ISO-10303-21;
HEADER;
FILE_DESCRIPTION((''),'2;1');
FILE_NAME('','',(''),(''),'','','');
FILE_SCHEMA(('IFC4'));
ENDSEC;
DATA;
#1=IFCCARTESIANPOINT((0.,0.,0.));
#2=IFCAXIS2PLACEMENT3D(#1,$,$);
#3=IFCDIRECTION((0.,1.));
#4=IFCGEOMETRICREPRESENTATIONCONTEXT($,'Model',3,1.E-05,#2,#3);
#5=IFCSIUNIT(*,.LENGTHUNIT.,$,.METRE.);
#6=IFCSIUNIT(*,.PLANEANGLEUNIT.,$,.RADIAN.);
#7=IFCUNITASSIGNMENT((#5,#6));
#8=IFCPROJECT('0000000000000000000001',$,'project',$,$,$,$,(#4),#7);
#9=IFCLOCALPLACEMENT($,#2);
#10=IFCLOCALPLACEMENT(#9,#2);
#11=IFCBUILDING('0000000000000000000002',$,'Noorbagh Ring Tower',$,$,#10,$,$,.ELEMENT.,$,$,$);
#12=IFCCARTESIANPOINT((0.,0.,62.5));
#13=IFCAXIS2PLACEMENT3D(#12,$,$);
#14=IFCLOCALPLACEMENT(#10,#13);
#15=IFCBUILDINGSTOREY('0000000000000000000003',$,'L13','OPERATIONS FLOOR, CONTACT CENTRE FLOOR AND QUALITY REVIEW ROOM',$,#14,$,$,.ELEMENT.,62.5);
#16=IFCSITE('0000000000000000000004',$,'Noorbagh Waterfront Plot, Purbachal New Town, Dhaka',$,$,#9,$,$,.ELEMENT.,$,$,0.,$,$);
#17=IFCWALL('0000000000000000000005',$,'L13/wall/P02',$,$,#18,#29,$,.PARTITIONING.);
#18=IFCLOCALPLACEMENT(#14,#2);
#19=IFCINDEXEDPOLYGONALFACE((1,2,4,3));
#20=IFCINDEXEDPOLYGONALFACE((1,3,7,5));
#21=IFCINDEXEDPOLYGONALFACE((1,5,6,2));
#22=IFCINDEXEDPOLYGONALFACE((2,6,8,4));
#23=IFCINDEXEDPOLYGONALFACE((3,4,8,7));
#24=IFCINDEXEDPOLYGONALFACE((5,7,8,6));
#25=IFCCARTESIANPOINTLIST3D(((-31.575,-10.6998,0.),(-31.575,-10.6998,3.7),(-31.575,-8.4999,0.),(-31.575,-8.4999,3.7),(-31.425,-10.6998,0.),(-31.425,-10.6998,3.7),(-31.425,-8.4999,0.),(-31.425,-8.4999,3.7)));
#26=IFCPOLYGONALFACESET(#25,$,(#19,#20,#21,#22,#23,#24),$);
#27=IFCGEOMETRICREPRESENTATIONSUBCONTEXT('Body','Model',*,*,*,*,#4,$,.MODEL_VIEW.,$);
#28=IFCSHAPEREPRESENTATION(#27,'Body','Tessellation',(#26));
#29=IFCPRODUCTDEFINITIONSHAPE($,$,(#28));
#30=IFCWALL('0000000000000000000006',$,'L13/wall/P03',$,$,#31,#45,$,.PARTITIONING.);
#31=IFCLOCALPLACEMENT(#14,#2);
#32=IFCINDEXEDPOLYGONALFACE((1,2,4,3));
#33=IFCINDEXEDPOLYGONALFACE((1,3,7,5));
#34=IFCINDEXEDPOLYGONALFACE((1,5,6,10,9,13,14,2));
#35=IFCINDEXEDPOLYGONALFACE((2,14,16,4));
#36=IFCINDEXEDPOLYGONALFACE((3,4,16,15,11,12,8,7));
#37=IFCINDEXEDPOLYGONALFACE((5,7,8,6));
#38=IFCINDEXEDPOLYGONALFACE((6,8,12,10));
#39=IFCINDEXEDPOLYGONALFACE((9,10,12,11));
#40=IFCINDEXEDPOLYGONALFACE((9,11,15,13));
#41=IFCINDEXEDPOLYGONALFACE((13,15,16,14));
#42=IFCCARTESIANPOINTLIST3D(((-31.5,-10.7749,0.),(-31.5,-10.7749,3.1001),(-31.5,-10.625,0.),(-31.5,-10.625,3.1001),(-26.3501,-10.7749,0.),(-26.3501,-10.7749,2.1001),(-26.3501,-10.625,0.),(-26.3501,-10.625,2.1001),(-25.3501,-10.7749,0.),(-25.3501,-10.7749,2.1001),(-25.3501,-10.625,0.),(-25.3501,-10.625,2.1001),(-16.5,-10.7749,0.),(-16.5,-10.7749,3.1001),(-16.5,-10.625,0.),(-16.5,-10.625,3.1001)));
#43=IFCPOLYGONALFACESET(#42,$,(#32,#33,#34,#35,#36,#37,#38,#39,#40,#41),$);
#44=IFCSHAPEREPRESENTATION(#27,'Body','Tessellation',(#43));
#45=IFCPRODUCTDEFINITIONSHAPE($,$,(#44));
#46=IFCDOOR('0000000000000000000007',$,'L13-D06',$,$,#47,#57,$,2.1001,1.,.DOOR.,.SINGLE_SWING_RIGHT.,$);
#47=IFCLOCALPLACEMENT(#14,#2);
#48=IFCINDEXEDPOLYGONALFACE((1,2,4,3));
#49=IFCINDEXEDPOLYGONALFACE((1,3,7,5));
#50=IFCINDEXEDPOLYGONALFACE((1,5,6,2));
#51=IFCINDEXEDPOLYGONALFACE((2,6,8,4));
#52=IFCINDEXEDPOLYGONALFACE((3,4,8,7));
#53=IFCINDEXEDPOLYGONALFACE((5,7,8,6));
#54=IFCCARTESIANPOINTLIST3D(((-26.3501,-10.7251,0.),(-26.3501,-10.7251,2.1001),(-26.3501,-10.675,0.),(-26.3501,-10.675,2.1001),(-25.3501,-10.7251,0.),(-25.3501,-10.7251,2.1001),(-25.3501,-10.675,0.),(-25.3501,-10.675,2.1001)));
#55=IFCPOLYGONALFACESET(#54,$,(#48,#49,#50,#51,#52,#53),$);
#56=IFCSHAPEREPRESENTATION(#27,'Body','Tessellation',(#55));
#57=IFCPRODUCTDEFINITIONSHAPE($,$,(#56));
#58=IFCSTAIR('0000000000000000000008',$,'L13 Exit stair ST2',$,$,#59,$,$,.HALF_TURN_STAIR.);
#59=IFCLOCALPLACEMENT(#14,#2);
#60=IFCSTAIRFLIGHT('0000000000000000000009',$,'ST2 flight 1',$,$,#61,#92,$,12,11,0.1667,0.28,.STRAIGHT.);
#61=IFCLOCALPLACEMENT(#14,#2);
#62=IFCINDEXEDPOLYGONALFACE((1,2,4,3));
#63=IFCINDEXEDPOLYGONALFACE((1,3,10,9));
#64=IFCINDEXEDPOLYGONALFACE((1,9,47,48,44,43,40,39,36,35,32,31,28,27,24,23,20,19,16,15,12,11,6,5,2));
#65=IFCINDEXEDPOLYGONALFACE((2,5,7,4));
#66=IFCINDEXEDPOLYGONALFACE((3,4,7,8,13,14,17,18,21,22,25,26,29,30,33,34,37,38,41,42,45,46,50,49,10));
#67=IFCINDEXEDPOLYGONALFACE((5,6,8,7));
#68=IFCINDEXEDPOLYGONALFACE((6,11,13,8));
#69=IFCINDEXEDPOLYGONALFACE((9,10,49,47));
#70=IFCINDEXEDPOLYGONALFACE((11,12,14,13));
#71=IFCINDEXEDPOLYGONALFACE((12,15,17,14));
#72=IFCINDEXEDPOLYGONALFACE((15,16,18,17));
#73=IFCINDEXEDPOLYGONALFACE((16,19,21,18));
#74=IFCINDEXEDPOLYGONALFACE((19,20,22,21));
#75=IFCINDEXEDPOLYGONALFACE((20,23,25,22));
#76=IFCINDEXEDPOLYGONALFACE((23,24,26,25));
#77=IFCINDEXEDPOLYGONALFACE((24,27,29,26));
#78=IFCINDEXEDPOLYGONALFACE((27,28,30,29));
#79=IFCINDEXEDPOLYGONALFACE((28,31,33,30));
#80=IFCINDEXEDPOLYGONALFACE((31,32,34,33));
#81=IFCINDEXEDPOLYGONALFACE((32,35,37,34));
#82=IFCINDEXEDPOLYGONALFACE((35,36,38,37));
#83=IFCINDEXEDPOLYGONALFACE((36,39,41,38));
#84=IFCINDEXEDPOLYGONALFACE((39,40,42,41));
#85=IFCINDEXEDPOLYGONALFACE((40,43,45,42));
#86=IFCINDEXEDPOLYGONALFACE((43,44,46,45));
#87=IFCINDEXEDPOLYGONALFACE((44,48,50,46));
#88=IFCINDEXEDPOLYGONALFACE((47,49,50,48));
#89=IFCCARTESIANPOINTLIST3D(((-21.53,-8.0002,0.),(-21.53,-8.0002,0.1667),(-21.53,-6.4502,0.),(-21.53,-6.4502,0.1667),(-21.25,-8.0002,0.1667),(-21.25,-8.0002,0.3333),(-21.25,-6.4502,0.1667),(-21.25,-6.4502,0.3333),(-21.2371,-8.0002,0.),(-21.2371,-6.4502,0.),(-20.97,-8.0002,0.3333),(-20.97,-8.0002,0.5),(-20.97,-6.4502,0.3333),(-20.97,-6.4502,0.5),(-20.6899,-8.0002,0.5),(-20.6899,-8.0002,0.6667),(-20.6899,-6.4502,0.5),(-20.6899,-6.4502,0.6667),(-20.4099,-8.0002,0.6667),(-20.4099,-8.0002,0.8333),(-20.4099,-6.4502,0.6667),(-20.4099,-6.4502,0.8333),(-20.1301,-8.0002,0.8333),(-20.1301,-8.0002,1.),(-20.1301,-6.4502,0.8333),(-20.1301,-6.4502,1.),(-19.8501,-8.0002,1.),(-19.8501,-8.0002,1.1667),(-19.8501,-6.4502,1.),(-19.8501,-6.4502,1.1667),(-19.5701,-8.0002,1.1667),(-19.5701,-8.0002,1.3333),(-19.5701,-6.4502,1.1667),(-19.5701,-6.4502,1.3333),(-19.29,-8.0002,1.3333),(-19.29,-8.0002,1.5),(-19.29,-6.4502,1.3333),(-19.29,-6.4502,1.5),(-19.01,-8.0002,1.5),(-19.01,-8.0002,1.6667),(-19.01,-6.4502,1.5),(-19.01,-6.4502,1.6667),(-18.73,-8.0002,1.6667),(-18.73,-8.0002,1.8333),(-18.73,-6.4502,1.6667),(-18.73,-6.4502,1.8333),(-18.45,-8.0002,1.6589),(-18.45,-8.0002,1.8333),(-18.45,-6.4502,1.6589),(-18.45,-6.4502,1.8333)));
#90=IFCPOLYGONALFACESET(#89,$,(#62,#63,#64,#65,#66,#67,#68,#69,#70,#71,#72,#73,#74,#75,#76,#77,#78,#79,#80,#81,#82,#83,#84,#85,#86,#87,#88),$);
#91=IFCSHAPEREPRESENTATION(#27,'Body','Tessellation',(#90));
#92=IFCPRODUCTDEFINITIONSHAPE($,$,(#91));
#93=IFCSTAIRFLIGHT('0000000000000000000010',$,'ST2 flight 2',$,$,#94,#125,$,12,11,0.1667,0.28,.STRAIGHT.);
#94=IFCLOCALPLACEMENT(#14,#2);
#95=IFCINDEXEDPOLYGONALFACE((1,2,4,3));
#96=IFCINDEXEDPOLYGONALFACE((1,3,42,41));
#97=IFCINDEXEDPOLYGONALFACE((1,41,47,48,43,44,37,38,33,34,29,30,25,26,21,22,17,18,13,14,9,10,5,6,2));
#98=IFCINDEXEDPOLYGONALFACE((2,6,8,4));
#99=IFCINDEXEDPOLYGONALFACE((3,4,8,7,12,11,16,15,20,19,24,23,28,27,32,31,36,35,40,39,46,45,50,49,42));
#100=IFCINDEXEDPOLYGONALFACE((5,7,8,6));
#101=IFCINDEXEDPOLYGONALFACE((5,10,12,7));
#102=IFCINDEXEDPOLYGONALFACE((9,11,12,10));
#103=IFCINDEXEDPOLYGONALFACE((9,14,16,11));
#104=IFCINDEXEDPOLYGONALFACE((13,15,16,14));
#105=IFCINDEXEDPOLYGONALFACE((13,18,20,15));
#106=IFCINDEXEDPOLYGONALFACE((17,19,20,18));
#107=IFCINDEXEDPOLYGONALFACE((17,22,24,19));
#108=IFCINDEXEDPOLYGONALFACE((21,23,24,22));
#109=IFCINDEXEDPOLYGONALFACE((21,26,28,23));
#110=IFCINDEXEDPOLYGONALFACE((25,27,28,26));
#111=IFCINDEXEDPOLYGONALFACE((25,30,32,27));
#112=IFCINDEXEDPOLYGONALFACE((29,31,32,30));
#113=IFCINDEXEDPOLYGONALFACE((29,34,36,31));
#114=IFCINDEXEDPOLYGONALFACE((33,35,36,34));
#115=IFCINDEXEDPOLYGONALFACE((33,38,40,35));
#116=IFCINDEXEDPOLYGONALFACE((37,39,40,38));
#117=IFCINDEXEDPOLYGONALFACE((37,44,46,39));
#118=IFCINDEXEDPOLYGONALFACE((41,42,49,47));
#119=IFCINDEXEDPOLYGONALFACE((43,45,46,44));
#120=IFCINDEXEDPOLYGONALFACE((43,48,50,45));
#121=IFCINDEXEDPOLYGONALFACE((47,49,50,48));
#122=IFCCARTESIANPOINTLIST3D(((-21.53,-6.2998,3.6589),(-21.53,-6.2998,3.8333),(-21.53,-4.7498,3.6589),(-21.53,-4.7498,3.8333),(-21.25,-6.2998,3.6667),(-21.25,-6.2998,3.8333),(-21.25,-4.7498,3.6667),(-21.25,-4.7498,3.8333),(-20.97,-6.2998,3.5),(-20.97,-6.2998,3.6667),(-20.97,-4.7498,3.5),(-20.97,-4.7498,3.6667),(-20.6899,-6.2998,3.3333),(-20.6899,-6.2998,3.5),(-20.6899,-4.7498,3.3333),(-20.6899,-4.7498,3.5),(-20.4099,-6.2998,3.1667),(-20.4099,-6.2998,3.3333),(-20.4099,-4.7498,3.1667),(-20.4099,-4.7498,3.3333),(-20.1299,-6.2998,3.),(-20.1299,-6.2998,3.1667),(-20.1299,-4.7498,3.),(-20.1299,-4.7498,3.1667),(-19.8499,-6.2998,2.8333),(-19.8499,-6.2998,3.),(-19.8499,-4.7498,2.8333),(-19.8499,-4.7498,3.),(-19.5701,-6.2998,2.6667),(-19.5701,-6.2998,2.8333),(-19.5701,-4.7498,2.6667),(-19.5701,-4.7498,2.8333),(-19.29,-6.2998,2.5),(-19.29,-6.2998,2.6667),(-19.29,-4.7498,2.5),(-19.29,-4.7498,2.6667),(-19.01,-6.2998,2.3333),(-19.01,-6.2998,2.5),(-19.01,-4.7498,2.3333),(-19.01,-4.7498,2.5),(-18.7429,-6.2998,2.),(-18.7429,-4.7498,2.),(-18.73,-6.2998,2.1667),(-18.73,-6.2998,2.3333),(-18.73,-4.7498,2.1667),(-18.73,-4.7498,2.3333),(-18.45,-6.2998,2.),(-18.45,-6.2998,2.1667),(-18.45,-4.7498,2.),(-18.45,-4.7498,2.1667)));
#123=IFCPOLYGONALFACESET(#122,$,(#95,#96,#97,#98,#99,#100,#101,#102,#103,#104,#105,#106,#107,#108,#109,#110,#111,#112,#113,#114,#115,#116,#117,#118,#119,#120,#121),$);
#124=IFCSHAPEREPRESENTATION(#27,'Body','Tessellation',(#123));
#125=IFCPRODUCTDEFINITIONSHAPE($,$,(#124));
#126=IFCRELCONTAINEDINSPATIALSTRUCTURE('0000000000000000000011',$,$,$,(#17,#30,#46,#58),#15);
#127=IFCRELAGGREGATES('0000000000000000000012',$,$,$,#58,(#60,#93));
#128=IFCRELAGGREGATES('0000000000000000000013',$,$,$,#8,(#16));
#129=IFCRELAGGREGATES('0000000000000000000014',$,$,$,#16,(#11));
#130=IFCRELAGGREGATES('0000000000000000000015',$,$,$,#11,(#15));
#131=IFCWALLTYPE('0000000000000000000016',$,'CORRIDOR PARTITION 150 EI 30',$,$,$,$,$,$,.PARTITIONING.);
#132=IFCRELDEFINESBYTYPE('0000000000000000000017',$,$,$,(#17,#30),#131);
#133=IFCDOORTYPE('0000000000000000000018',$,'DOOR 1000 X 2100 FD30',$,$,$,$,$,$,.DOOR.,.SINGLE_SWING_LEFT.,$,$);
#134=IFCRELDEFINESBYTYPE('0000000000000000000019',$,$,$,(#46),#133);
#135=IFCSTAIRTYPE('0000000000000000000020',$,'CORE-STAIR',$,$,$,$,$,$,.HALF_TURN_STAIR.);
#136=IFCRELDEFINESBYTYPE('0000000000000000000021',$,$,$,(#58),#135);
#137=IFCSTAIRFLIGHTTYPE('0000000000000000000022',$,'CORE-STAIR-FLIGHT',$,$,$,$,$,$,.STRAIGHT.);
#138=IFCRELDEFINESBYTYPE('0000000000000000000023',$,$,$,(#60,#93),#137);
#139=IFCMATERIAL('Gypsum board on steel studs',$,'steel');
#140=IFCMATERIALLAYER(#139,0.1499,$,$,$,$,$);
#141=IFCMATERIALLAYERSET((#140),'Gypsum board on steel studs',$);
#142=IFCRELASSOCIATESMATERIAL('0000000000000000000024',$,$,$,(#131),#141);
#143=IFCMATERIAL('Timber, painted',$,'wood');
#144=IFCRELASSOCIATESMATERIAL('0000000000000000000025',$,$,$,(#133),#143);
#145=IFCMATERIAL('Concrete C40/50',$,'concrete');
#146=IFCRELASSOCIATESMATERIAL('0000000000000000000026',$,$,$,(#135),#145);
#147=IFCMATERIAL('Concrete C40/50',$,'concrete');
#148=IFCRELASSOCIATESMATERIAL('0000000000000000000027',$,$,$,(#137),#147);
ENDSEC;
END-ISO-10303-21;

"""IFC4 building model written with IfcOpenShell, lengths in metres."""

from ifc_helpers import new_model, si_unit, direction, frame, frame_2d, origin, place, context, subcontext, project, spatial, polyline, rectangle, outline, extrude, material, layer, layer_set, type_object, element, fill, aggregate, save


model = new_model("IFC4")

# Units and contexts
model_context = context("Model", 3, precision=1e-05, world=origin(), true_north=direction((0.0, 1.0)))
body_context = subcontext(model_context, "Body", "Model", "MODEL_VIEW")
ifc_project = project(units=[si_unit("LENGTHUNIT", "METRE"), si_unit("PLANEANGLEUNIT", "RADIAN")], contexts=[model_context])

# Site, building, storey
site_placement = place(None, origin())
site = spatial("IfcSite", under=ifc_project, at=site_placement, Name="Noorbagh Waterfront Plot, Purbachal New Town, Dhaka", CompositionType="ELEMENT", RefElevation=0.0)
building_placement = place(site_placement, origin())
building = spatial("IfcBuilding", under=site, at=building_placement, Name="Noorbagh Ring Tower", CompositionType="ELEMENT")
storey_placement = place(building_placement, frame((0.0, 0.0, 62.5)))
storey = spatial("IfcBuildingStorey", under=building, at=storey_placement, Name="L13", Description="OPERATIONS FLOOR, CONTACT CENTRE FLOOR AND QUALITY REVIEW ROOM", CompositionType="ELEMENT", Elevation=62.5)

# Wall
ifc_material_1 = material(Name="Gypsum board on steel studs", Category="steel")
ifc_layer_1 = layer(ifc_material_1, 0.1499)
ifc_layer_set_1 = layer_set([ifc_layer_1], Name="Gypsum board on steel studs")
wall_type_1 = type_object("IfcWallType", Name="CORRIDOR PARTITION 150 EI 30", PredefinedType="PARTITIONING", material=ifc_layer_set_1)
wall_1_placement = place(storey_placement, frame((-31.5, -10.7, 0.0), z_axis=(0.0, 0.0, 1.0), x_axis=(0.0, 1.0, 0.0)))
element("IfcWall", 1, at=wall_1_placement, inside=storey, type_object=wall_type_1, Name="L13/wall/P02", PredefinedType="PARTITIONING", context=body_context, shape_type="SweptSolid", body=[
    extrude(rectangle(XDim=2.2, YDim=0.1499, at=frame_2d((1.1001, 0.0))), origin(), (0.0, 0.0, 1.0), 3.7),
])

# Wall, opening, door
wall_2_placement = place(storey_placement, frame((-31.5, -10.7, 0.0), z_axis=(0.0, 0.0, 1.0), x_axis=(1.0, 0.0, 0.0)))
wall_2 = element("IfcWall", 2, at=wall_2_placement, inside=storey, type_object=wall_type_1, Name="L13/wall/P03", PredefinedType="PARTITIONING", context=body_context, shape_type="SweptSolid", body=[
    extrude(rectangle(XDim=15.0, YDim=0.1499, at=frame_2d((7.5, 0.0))), origin(), (0.0, 0.0, 1.0), 3.1001),
])
opening_1_placement = place(wall_2_placement, frame((5.1499, 0.0, 0.0)))
opening_1 = element("IfcOpeningElement", 3, at=opening_1_placement, cuts=wall_2, PredefinedType="OPENING", context=body_context, shape_type="SweptSolid", body=[
    extrude(rectangle(XDim=1.0, YDim=2.1001, at=frame_2d((0.5, 1.05))), frame((0.0, 0.085, 0.0), z_axis=(0.0, -1.0, 0.0), x_axis=(1.0, 0.0, 0.0)), (0.0, 0.0, 1.0), 0.1699),
])
ifc_material_2 = material(Name="Timber, painted", Category="wood")
door_type_1 = type_object("IfcDoorType", Name="DOOR 1000 X 2100 FD30", OperationType="SINGLE_SWING_LEFT", PredefinedType="DOOR", material=ifc_material_2)
door_1_placement = place(opening_1_placement, origin())
door_1 = element("IfcDoor", 4, at=door_1_placement, inside=storey, type_object=door_type_1, Name="L13-D06", OperationType="SINGLE_SWING_RIGHT", OverallHeight=2.1001, OverallWidth=1.0, PredefinedType="DOOR", context=body_context, shape_type="SweptSolid", body=[
    extrude(rectangle(XDim=1.0, YDim=2.1001, at=frame_2d((0.5, 1.05))), frame((0.0, 0.0249, 0.0), z_axis=(0.0, -1.0, 0.0), x_axis=(1.0, 0.0, 0.0)), (0.0, 0.0, 1.0), 0.05),
])
fill(opening_1, door_1)

# Stair, stair flights
ifc_material_3 = material(Name="Concrete C40/50", Category="concrete")
stair_type = type_object("IfcStairType", Name="CORE-STAIR", PredefinedType="HALF_TURN_STAIR", material=ifc_material_3)
stair_placement = place(storey_placement, origin())
stair = element("IfcStair", 5, at=stair_placement, inside=storey, type_object=stair_type, Name="L13 Exit stair ST2", PredefinedType="HALF_TURN_STAIR")
ifc_material_4 = material(Name="Concrete C40/50", Category="concrete")
stair_flight_type = type_object("IfcStairFlightType", Name="CORE-STAIR-FLIGHT", PredefinedType="STRAIGHT", material=ifc_material_4)
stair_flight_1_placement = place(storey_placement, frame((-21.53, -7.2251, 0.0), z_axis=(0.0, 0.0, 1.0), x_axis=(1.0, 0.0, 0.0)))
stair_flight_1 = element("IfcStairFlight", 6, at=stair_flight_1_placement, type_object=stair_flight_type, Name="ST2 flight 1", NumberOfRisers=12, NumberOfTreads=11, PredefinedType="STRAIGHT", RiserHeight=0.1667, TreadLength=0.28, context=body_context, shape_type="SweptSolid", body=[
    extrude(outline(polyline([(0.0, 0.0), (0.0, 0.1667), (0.28, 0.1667), (0.28, 0.3333), (0.5601, 0.3333), (0.5601, 0.5), (0.8401, 0.5), (0.8401, 0.6667), (1.1201, 0.6667), (1.1201, 0.8333), (1.3999, 0.8333), (1.3999, 1.0), (1.6799, 1.0), (1.6799, 1.1667), (1.96, 1.1667), (1.96, 1.3333), (2.24, 1.3333), (2.24, 1.5), (2.52, 1.5), (2.52, 1.6667), (2.8, 1.6667), (2.8, 1.8333), (3.0801, 1.8333), (3.0801, 2.0), (3.0801, 1.6589), (0.293, 0.0), (0.0, 0.0)])), frame((0.0, 0.7749, 0.0), z_axis=(0.0, -1.0, 0.0), x_axis=(1.0, 0.0, 0.0)), (0.0, 0.0, 1.0), 1.55),
])
stair_flight_2_placement = place(storey_placement, frame((-18.45, -5.5249, 2.0), z_axis=(0.0, 0.0, 1.0), x_axis=(-1.0, 0.0, 0.0)))
stair_flight_2 = element("IfcStairFlight", 7, at=stair_flight_2_placement, type_object=stair_flight_type, Name="ST2 flight 2", NumberOfRisers=12, NumberOfTreads=11, PredefinedType="STRAIGHT", RiserHeight=0.1667, TreadLength=0.28, context=body_context, shape_type="SweptSolid", body=[
    extrude(outline(polyline([(0.0, 0.0), (0.0, 0.1667), (0.28, 0.1667), (0.28, 0.3333), (0.5601, 0.3333), (0.5601, 0.5), (0.8401, 0.5), (0.8401, 0.6667), (1.1201, 0.6667), (1.1201, 0.8333), (1.3999, 0.8333), (1.3999, 1.0), (1.6799, 1.0), (1.6799, 1.1667), (1.96, 1.1667), (1.96, 1.3333), (2.24, 1.3333), (2.24, 1.5), (2.52, 1.5), (2.52, 1.6667), (2.8, 1.6667), (2.8, 1.8333), (3.0801, 1.8333), (3.0801, 2.0), (3.0801, 1.6589), (0.293, 0.0), (0.0, 0.0)])), frame((0.0, 0.7749, 0.0), z_axis=(0.0, -1.0, 0.0), x_axis=(1.0, 0.0, 0.0)), (0.0, 0.0, 1.0), 1.55),
])
aggregate(stair, [stair_flight_1, stair_flight_2])

save(model, "model.ifc")
